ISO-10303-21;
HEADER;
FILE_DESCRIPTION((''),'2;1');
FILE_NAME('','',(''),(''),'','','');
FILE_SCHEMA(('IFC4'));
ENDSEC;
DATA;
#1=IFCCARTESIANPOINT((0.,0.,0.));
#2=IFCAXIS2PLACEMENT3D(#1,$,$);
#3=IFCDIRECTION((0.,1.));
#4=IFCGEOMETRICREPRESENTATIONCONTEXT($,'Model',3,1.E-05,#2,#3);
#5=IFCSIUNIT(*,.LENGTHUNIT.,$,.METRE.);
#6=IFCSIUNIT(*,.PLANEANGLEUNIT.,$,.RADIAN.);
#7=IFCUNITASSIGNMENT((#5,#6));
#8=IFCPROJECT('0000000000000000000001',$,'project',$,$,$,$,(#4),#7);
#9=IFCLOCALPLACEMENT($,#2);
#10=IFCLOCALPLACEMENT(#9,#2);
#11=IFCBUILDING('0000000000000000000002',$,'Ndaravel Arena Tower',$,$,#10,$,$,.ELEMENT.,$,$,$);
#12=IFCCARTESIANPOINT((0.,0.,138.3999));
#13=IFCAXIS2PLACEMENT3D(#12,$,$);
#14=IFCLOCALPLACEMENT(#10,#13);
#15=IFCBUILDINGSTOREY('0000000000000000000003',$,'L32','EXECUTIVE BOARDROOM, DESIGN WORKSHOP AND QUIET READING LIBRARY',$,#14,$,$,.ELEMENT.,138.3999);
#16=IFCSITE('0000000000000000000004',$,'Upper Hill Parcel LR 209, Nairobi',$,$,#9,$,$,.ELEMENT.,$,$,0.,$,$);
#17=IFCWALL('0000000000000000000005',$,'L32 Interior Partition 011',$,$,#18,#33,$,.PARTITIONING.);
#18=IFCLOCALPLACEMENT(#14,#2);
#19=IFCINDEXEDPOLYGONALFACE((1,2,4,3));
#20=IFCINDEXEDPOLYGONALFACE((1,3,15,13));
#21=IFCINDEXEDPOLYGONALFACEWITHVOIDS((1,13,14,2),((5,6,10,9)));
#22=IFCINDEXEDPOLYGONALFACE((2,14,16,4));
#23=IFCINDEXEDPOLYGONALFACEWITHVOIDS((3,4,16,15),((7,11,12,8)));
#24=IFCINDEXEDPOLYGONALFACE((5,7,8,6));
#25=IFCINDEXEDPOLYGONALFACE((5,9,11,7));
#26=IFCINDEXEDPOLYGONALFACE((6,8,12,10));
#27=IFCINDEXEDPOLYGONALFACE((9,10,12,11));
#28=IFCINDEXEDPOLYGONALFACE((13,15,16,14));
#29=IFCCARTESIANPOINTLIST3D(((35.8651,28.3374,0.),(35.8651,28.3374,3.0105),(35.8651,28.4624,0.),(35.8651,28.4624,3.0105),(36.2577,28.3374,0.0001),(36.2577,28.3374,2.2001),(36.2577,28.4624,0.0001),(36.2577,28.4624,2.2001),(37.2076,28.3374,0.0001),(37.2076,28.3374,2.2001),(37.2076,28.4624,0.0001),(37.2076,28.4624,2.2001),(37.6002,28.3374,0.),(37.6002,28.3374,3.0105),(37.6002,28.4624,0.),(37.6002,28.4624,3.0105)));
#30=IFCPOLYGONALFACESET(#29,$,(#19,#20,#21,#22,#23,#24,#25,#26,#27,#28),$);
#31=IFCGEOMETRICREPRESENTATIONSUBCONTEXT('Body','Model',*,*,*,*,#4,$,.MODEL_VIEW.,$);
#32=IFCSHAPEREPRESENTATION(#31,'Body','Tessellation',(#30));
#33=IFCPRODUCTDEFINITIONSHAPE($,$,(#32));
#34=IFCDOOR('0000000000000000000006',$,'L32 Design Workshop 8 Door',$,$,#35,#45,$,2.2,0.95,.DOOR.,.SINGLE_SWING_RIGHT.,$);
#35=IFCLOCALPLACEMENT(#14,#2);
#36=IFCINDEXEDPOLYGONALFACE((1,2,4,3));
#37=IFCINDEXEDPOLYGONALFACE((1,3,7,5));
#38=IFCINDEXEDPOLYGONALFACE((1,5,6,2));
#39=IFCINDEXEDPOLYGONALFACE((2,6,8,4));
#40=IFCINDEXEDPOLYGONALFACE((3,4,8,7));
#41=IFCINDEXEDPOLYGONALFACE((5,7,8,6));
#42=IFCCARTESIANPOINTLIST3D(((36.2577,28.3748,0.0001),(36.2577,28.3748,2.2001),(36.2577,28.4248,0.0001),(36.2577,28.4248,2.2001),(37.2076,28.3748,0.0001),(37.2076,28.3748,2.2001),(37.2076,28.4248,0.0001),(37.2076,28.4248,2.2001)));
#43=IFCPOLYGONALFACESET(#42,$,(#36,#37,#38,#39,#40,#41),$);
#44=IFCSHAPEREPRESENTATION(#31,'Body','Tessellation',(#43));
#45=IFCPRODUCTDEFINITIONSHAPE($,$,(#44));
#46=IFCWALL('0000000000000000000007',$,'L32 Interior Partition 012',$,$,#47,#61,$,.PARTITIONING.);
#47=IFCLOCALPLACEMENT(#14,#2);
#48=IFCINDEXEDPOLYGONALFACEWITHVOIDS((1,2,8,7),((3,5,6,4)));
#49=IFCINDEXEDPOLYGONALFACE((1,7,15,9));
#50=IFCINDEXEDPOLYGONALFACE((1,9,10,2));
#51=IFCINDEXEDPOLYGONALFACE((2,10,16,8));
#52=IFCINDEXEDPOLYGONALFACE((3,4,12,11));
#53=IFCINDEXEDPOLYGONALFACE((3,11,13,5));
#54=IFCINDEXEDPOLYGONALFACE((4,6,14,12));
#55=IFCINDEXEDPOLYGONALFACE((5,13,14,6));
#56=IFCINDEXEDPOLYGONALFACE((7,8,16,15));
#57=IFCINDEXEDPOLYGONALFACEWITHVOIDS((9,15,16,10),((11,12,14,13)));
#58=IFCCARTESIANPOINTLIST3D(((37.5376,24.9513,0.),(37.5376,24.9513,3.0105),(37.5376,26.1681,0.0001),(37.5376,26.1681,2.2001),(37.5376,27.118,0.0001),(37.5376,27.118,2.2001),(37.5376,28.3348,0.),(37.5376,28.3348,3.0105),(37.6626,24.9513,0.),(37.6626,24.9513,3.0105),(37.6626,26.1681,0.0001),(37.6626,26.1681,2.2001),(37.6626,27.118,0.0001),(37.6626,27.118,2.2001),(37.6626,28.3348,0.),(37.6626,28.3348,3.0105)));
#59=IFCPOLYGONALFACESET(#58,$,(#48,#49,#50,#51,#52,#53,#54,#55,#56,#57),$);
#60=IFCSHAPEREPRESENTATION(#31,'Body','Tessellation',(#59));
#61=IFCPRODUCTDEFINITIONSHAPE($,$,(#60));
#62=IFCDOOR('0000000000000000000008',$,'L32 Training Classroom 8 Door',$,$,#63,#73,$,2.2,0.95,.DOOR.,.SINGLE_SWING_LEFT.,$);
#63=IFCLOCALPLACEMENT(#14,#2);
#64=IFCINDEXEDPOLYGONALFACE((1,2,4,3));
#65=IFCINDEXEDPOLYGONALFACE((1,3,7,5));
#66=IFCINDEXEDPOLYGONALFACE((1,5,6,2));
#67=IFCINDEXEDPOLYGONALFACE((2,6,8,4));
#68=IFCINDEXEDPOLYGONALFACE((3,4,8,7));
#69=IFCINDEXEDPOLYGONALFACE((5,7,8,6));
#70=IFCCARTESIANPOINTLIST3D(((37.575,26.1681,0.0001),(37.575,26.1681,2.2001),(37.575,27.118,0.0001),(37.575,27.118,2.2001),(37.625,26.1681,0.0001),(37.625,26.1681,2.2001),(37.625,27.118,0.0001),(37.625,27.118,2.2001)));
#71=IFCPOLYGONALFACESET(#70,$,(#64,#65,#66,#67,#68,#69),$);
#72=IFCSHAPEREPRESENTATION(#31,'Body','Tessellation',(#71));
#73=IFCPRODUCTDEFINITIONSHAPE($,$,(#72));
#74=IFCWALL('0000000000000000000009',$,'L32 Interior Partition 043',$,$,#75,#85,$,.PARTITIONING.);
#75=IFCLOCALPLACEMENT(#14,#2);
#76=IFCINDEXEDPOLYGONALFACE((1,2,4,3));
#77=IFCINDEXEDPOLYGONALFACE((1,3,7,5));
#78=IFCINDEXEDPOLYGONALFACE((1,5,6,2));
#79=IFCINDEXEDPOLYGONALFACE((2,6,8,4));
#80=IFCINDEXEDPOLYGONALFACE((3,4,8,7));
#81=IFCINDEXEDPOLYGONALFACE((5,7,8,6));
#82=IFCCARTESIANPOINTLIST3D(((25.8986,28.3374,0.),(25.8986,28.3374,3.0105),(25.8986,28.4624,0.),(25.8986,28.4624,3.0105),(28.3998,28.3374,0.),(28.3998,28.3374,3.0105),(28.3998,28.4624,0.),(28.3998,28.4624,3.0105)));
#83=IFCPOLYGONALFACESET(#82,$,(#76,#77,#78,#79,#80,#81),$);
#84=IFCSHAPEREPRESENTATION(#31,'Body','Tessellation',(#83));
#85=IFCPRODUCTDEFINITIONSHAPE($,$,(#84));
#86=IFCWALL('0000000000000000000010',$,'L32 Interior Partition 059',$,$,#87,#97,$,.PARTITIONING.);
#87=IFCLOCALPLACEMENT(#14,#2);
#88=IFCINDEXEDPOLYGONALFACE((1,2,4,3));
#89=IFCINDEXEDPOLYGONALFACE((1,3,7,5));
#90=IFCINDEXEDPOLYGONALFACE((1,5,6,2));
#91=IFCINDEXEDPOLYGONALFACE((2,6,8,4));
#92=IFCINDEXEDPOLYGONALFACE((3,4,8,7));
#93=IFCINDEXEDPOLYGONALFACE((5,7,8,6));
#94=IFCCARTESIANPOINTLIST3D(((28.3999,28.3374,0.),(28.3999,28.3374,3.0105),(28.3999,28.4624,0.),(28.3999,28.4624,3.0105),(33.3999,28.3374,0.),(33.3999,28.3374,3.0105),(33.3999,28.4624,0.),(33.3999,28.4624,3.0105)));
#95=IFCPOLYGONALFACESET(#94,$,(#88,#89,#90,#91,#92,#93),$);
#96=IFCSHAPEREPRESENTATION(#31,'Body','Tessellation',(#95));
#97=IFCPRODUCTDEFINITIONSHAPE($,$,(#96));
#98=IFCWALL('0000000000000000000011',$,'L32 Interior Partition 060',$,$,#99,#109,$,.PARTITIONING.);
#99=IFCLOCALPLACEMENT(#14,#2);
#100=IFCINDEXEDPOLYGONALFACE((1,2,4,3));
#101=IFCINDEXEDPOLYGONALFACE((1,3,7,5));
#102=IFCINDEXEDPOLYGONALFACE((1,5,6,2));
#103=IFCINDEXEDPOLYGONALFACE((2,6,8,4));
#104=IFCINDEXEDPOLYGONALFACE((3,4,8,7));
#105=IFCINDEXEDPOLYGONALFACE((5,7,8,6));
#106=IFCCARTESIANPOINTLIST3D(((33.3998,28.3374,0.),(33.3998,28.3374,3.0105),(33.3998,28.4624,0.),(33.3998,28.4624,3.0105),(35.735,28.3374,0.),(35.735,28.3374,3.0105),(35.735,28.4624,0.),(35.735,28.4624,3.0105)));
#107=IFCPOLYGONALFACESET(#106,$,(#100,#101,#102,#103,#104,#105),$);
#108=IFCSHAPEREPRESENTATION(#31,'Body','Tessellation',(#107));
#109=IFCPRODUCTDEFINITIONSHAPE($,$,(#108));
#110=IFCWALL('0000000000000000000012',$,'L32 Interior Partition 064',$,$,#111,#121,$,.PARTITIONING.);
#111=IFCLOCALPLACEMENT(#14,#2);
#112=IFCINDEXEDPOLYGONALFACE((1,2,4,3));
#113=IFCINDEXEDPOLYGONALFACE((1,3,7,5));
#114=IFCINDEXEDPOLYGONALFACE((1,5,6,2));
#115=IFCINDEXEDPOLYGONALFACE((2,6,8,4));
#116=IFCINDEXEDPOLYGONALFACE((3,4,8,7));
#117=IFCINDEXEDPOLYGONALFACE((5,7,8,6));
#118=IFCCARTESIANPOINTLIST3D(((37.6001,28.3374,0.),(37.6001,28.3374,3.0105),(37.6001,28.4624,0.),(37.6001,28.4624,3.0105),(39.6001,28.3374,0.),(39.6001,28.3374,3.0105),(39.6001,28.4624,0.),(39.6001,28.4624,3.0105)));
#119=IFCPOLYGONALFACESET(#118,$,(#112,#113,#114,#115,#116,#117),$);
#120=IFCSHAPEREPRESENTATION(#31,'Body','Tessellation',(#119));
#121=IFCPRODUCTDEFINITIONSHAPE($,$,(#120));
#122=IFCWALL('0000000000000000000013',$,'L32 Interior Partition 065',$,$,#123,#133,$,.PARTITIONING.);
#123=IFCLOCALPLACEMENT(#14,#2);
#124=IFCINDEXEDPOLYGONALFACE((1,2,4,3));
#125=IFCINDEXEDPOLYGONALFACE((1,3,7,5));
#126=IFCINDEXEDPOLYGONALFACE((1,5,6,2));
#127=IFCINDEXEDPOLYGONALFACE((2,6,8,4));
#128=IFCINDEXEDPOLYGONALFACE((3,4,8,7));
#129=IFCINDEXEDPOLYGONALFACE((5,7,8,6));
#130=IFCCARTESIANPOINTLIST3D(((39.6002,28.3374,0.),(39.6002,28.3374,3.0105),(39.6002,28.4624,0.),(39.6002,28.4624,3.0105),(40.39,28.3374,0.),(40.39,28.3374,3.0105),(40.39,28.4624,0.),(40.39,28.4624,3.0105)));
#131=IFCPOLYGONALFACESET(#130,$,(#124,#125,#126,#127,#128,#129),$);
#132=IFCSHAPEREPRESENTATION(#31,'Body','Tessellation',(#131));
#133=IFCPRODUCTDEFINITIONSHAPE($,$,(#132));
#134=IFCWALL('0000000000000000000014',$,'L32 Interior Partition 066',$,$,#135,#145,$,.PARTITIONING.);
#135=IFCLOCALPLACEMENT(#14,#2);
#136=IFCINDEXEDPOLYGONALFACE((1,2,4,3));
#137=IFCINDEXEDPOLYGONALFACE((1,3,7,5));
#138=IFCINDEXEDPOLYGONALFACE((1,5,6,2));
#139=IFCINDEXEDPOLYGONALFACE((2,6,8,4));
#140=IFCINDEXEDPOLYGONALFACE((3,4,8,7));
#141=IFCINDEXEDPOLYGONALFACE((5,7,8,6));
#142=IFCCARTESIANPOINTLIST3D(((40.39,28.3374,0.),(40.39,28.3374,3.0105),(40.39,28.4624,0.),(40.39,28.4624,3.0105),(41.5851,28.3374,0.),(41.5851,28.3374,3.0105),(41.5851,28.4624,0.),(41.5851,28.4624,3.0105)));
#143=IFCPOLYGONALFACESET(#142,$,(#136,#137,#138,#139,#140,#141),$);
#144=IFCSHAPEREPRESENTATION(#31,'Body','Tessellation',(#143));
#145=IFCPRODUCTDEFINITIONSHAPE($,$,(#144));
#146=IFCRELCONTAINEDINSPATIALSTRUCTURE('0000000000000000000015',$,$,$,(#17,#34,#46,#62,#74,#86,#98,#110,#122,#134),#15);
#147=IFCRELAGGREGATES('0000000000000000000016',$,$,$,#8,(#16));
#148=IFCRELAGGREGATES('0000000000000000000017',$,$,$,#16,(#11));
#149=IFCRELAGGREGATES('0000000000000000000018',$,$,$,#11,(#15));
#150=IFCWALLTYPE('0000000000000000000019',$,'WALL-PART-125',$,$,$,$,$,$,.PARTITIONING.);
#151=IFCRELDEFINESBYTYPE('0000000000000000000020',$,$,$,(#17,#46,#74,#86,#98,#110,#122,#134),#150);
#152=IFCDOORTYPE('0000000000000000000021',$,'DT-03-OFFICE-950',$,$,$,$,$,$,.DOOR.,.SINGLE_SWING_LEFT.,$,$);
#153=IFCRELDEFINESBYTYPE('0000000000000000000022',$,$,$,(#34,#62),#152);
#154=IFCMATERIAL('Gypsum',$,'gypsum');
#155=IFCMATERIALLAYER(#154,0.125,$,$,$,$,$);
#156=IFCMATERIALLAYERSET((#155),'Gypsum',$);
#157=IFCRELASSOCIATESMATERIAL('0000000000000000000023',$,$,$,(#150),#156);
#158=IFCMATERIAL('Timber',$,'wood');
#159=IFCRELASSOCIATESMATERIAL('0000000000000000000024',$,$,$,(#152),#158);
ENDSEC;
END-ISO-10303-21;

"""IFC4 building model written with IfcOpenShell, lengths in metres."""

from ifc_helpers import new_model, si_unit, direction, frame, frame_2d, origin, place, context, subcontext, project, spatial, rectangle, extrude, material, layer, layer_set, type_object, element, fill, save


model = new_model("IFC4")

# Units and contexts
model_context = context("Model", 3, precision=1e-05, world=origin(), true_north=direction((0.0, 1.0)))
body_context = subcontext(model_context, "Body", "Model", "MODEL_VIEW")
ifc_project = project(units=[si_unit("LENGTHUNIT", "METRE"), si_unit("PLANEANGLEUNIT", "RADIAN")], contexts=[model_context])

# Site, building, storey
site_placement = place(None, origin())
site = spatial("IfcSite", under=ifc_project, at=site_placement, Name="Upper Hill Parcel LR 209, Nairobi", CompositionType="ELEMENT", RefElevation=0.0)
building_placement = place(site_placement, origin())
building = spatial("IfcBuilding", under=site, at=building_placement, Name="Ndaravel Arena Tower", CompositionType="ELEMENT")
storey_placement = place(building_placement, frame((0.0, 0.0, 138.3999)))
storey = spatial("IfcBuildingStorey", under=building, at=storey_placement, Name="L32", Description="EXECUTIVE BOARDROOM, DESIGN WORKSHOP AND QUIET READING LIBRARY", CompositionType="ELEMENT", Elevation=138.3999)

# Walls, openings, doors
ifc_material_1 = material(Name="Gypsum", Category="gypsum")
ifc_layer_1 = layer(ifc_material_1, 0.125)
ifc_layer_set_1 = layer_set([ifc_layer_1], Name="Gypsum")
wall_type = type_object("IfcWallType", Name="WALL-PART-125", PredefinedType="PARTITIONING", material=ifc_layer_set_1)
wall_1_placement = place(storey_placement, frame((35.865, 28.3999, 0.0), z_axis=(0.0, 0.0, 1.0), x_axis=(1.0, 0.0, 0.0)))
wall_1 = element("IfcWall", 1, at=wall_1_placement, inside=storey, type_object=wall_type, Name="L32 Interior Partition 011", PredefinedType="PARTITIONING", context=body_context, shape_type="SweptSolid", body=[
    extrude(rectangle(XDim=1.7351, YDim=0.125, at=frame_2d((0.8677, 0.0))), origin(), (0.0, 0.0, 1.0), 3.0105),
])
opening_1_placement = place(wall_1_placement, frame((0.3926, 0.0, 0.0)))
opening_1 = element("IfcOpeningElement", 2, at=opening_1_placement, cuts=wall_1, PredefinedType="OPENING", context=body_context, shape_type="SweptSolid", body=[
    extrude(rectangle(XDim=0.95, YDim=2.2, at=frame_2d((0.4751, 1.1001))), frame((0.0, 0.0625, 0.0), z_axis=(0.0, -1.0, 0.0), x_axis=(1.0, 0.0, 0.0)), (0.0, 0.0, 1.0), 0.125),
])
ifc_material_2 = material(Name="Timber", Category="wood")
door_type = type_object("IfcDoorType", Name="DT-03-OFFICE-950", OperationType="SINGLE_SWING_LEFT", PredefinedType="DOOR", material=ifc_material_2)
door_1_placement = place(opening_1_placement, origin())
door_1 = element("IfcDoor", 3, at=door_1_placement, inside=storey, type_object=door_type, Name="L32 Design Workshop 8 Door", OperationType="SINGLE_SWING_RIGHT", OverallHeight=2.2, OverallWidth=0.95, PredefinedType="DOOR", context=body_context, shape_type="SweptSolid", body=[
    extrude(rectangle(XDim=0.95, YDim=2.2, at=frame_2d((0.4751, 1.1001))), frame((0.0, 0.0249, 0.0), z_axis=(0.0, -1.0, 0.0), x_axis=(1.0, 0.0, 0.0)), (0.0, 0.0, 1.0), 0.05),
])
fill(opening_1, door_1)
wall_2_placement = place(storey_placement, frame((37.6001, 28.335, 0.0), z_axis=(0.0, 0.0, 1.0), x_axis=(0.0, -1.0, 0.0)))
wall_2 = element("IfcWall", 4, at=wall_2_placement, inside=storey, type_object=wall_type, Name="L32 Interior Partition 012", PredefinedType="PARTITIONING", context=body_context, shape_type="SweptSolid", body=[
    extrude(rectangle(XDim=3.3835, YDim=0.125, at=frame_2d((1.6919, 0.0))), origin(), (0.0, 0.0, 1.0), 3.0105),
])
opening_2_placement = place(wall_2_placement, frame((1.2168, 0.0, 0.0)))
opening_2 = element("IfcOpeningElement", 5, at=opening_2_placement, cuts=wall_2, PredefinedType="OPENING", context=body_context, shape_type="SweptSolid", body=[
    extrude(rectangle(XDim=0.95, YDim=2.2, at=frame_2d((0.4751, 1.1001))), frame((0.0, 0.0625, 0.0), z_axis=(0.0, -1.0, 0.0), x_axis=(1.0, 0.0, 0.0)), (0.0, 0.0, 1.0), 0.125),
])
door_2_placement = place(opening_2_placement, origin())
door_2 = element("IfcDoor", 6, at=door_2_placement, inside=storey, type_object=door_type, Name="L32 Training Classroom 8 Door", OperationType="SINGLE_SWING_LEFT", OverallHeight=2.2, OverallWidth=0.95, PredefinedType="DOOR", context=body_context, shape_type="SweptSolid", body=[
    extrude(rectangle(XDim=0.95, YDim=2.2, at=frame_2d((0.4751, 1.1001))), frame((0.0, 0.0249, 0.0), z_axis=(0.0, -1.0, 0.0), x_axis=(1.0, 0.0, 0.0)), (0.0, 0.0, 1.0), 0.05),
])
fill(opening_2, door_2)

# Walls
wall_3_placement = place(storey_placement, frame((25.8987, 28.3999, 0.0), z_axis=(0.0, 0.0, 1.0), x_axis=(1.0, 0.0, 0.0)))
element("IfcWall", 7, at=wall_3_placement, inside=storey, type_object=wall_type, Name="L32 Interior Partition 043", PredefinedType="PARTITIONING", context=body_context, shape_type="SweptSolid", body=[
    extrude(rectangle(XDim=2.5012, YDim=0.125, at=frame_2d((1.2505, 0.0))), origin(), (0.0, 0.0, 1.0), 3.0105),
])
wall_4_placement = place(storey_placement, frame((28.3999, 28.3999, 0.0), z_axis=(0.0, 0.0, 1.0), x_axis=(1.0, 0.0, 0.0)))
element("IfcWall", 8, at=wall_4_placement, inside=storey, type_object=wall_type, Name="L32 Interior Partition 059", PredefinedType="PARTITIONING", context=body_context, shape_type="SweptSolid", body=[
    extrude(rectangle(XDim=5.0, YDim=0.125, at=frame_2d((2.5, 0.0))), origin(), (0.0, 0.0, 1.0), 3.0105),
])
wall_5_placement = place(storey_placement, frame((33.3999, 28.3999, 0.0), z_axis=(0.0, 0.0, 1.0), x_axis=(1.0, 0.0, 0.0)))
element("IfcWall", 9, at=wall_5_placement, inside=storey, type_object=wall_type, Name="L32 Interior Partition 060", PredefinedType="PARTITIONING", context=body_context, shape_type="SweptSolid", body=[
    extrude(rectangle(XDim=2.3352, YDim=0.125, at=frame_2d((1.1675, 0.0))), origin(), (0.0, 0.0, 1.0), 3.0105),
])
wall_6_placement = place(storey_placement, frame((37.6001, 28.3999, 0.0), z_axis=(0.0, 0.0, 1.0), x_axis=(1.0, 0.0, 0.0)))
element("IfcWall", 10, at=wall_6_placement, inside=storey, type_object=wall_type, Name="L32 Interior Partition 064", PredefinedType="PARTITIONING", context=body_context, shape_type="SweptSolid", body=[
    extrude(rectangle(XDim=2.0, YDim=0.125, at=frame_2d((1.0, 0.0))), origin(), (0.0, 0.0, 1.0), 3.0105),
])
wall_7_placement = place(storey_placement, frame((39.6001, 28.3999, 0.0), z_axis=(0.0, 0.0, 1.0), x_axis=(1.0, 0.0, 0.0)))
element("IfcWall", 11, at=wall_7_placement, inside=storey, type_object=wall_type, Name="L32 Interior Partition 065", PredefinedType="PARTITIONING", context=body_context, shape_type="SweptSolid", body=[
    extrude(rectangle(XDim=0.7898, YDim=0.125, at=frame_2d((0.395, 0.0))), origin(), (0.0, 0.0, 1.0), 3.0105),
])
wall_8_placement = place(storey_placement, frame((40.3899, 28.3999, 0.0), z_axis=(0.0, 0.0, 1.0), x_axis=(1.0, 0.0, 0.0)))
element("IfcWall", 12, at=wall_8_placement, inside=storey, type_object=wall_type, Name="L32 Interior Partition 066", PredefinedType="PARTITIONING", context=body_context, shape_type="SweptSolid", body=[
    extrude(rectangle(XDim=1.1951, YDim=0.125, at=frame_2d((0.5977, 0.0))), origin(), (0.0, 0.0, 1.0), 3.0105),
])

save(model, "model.ifc")
